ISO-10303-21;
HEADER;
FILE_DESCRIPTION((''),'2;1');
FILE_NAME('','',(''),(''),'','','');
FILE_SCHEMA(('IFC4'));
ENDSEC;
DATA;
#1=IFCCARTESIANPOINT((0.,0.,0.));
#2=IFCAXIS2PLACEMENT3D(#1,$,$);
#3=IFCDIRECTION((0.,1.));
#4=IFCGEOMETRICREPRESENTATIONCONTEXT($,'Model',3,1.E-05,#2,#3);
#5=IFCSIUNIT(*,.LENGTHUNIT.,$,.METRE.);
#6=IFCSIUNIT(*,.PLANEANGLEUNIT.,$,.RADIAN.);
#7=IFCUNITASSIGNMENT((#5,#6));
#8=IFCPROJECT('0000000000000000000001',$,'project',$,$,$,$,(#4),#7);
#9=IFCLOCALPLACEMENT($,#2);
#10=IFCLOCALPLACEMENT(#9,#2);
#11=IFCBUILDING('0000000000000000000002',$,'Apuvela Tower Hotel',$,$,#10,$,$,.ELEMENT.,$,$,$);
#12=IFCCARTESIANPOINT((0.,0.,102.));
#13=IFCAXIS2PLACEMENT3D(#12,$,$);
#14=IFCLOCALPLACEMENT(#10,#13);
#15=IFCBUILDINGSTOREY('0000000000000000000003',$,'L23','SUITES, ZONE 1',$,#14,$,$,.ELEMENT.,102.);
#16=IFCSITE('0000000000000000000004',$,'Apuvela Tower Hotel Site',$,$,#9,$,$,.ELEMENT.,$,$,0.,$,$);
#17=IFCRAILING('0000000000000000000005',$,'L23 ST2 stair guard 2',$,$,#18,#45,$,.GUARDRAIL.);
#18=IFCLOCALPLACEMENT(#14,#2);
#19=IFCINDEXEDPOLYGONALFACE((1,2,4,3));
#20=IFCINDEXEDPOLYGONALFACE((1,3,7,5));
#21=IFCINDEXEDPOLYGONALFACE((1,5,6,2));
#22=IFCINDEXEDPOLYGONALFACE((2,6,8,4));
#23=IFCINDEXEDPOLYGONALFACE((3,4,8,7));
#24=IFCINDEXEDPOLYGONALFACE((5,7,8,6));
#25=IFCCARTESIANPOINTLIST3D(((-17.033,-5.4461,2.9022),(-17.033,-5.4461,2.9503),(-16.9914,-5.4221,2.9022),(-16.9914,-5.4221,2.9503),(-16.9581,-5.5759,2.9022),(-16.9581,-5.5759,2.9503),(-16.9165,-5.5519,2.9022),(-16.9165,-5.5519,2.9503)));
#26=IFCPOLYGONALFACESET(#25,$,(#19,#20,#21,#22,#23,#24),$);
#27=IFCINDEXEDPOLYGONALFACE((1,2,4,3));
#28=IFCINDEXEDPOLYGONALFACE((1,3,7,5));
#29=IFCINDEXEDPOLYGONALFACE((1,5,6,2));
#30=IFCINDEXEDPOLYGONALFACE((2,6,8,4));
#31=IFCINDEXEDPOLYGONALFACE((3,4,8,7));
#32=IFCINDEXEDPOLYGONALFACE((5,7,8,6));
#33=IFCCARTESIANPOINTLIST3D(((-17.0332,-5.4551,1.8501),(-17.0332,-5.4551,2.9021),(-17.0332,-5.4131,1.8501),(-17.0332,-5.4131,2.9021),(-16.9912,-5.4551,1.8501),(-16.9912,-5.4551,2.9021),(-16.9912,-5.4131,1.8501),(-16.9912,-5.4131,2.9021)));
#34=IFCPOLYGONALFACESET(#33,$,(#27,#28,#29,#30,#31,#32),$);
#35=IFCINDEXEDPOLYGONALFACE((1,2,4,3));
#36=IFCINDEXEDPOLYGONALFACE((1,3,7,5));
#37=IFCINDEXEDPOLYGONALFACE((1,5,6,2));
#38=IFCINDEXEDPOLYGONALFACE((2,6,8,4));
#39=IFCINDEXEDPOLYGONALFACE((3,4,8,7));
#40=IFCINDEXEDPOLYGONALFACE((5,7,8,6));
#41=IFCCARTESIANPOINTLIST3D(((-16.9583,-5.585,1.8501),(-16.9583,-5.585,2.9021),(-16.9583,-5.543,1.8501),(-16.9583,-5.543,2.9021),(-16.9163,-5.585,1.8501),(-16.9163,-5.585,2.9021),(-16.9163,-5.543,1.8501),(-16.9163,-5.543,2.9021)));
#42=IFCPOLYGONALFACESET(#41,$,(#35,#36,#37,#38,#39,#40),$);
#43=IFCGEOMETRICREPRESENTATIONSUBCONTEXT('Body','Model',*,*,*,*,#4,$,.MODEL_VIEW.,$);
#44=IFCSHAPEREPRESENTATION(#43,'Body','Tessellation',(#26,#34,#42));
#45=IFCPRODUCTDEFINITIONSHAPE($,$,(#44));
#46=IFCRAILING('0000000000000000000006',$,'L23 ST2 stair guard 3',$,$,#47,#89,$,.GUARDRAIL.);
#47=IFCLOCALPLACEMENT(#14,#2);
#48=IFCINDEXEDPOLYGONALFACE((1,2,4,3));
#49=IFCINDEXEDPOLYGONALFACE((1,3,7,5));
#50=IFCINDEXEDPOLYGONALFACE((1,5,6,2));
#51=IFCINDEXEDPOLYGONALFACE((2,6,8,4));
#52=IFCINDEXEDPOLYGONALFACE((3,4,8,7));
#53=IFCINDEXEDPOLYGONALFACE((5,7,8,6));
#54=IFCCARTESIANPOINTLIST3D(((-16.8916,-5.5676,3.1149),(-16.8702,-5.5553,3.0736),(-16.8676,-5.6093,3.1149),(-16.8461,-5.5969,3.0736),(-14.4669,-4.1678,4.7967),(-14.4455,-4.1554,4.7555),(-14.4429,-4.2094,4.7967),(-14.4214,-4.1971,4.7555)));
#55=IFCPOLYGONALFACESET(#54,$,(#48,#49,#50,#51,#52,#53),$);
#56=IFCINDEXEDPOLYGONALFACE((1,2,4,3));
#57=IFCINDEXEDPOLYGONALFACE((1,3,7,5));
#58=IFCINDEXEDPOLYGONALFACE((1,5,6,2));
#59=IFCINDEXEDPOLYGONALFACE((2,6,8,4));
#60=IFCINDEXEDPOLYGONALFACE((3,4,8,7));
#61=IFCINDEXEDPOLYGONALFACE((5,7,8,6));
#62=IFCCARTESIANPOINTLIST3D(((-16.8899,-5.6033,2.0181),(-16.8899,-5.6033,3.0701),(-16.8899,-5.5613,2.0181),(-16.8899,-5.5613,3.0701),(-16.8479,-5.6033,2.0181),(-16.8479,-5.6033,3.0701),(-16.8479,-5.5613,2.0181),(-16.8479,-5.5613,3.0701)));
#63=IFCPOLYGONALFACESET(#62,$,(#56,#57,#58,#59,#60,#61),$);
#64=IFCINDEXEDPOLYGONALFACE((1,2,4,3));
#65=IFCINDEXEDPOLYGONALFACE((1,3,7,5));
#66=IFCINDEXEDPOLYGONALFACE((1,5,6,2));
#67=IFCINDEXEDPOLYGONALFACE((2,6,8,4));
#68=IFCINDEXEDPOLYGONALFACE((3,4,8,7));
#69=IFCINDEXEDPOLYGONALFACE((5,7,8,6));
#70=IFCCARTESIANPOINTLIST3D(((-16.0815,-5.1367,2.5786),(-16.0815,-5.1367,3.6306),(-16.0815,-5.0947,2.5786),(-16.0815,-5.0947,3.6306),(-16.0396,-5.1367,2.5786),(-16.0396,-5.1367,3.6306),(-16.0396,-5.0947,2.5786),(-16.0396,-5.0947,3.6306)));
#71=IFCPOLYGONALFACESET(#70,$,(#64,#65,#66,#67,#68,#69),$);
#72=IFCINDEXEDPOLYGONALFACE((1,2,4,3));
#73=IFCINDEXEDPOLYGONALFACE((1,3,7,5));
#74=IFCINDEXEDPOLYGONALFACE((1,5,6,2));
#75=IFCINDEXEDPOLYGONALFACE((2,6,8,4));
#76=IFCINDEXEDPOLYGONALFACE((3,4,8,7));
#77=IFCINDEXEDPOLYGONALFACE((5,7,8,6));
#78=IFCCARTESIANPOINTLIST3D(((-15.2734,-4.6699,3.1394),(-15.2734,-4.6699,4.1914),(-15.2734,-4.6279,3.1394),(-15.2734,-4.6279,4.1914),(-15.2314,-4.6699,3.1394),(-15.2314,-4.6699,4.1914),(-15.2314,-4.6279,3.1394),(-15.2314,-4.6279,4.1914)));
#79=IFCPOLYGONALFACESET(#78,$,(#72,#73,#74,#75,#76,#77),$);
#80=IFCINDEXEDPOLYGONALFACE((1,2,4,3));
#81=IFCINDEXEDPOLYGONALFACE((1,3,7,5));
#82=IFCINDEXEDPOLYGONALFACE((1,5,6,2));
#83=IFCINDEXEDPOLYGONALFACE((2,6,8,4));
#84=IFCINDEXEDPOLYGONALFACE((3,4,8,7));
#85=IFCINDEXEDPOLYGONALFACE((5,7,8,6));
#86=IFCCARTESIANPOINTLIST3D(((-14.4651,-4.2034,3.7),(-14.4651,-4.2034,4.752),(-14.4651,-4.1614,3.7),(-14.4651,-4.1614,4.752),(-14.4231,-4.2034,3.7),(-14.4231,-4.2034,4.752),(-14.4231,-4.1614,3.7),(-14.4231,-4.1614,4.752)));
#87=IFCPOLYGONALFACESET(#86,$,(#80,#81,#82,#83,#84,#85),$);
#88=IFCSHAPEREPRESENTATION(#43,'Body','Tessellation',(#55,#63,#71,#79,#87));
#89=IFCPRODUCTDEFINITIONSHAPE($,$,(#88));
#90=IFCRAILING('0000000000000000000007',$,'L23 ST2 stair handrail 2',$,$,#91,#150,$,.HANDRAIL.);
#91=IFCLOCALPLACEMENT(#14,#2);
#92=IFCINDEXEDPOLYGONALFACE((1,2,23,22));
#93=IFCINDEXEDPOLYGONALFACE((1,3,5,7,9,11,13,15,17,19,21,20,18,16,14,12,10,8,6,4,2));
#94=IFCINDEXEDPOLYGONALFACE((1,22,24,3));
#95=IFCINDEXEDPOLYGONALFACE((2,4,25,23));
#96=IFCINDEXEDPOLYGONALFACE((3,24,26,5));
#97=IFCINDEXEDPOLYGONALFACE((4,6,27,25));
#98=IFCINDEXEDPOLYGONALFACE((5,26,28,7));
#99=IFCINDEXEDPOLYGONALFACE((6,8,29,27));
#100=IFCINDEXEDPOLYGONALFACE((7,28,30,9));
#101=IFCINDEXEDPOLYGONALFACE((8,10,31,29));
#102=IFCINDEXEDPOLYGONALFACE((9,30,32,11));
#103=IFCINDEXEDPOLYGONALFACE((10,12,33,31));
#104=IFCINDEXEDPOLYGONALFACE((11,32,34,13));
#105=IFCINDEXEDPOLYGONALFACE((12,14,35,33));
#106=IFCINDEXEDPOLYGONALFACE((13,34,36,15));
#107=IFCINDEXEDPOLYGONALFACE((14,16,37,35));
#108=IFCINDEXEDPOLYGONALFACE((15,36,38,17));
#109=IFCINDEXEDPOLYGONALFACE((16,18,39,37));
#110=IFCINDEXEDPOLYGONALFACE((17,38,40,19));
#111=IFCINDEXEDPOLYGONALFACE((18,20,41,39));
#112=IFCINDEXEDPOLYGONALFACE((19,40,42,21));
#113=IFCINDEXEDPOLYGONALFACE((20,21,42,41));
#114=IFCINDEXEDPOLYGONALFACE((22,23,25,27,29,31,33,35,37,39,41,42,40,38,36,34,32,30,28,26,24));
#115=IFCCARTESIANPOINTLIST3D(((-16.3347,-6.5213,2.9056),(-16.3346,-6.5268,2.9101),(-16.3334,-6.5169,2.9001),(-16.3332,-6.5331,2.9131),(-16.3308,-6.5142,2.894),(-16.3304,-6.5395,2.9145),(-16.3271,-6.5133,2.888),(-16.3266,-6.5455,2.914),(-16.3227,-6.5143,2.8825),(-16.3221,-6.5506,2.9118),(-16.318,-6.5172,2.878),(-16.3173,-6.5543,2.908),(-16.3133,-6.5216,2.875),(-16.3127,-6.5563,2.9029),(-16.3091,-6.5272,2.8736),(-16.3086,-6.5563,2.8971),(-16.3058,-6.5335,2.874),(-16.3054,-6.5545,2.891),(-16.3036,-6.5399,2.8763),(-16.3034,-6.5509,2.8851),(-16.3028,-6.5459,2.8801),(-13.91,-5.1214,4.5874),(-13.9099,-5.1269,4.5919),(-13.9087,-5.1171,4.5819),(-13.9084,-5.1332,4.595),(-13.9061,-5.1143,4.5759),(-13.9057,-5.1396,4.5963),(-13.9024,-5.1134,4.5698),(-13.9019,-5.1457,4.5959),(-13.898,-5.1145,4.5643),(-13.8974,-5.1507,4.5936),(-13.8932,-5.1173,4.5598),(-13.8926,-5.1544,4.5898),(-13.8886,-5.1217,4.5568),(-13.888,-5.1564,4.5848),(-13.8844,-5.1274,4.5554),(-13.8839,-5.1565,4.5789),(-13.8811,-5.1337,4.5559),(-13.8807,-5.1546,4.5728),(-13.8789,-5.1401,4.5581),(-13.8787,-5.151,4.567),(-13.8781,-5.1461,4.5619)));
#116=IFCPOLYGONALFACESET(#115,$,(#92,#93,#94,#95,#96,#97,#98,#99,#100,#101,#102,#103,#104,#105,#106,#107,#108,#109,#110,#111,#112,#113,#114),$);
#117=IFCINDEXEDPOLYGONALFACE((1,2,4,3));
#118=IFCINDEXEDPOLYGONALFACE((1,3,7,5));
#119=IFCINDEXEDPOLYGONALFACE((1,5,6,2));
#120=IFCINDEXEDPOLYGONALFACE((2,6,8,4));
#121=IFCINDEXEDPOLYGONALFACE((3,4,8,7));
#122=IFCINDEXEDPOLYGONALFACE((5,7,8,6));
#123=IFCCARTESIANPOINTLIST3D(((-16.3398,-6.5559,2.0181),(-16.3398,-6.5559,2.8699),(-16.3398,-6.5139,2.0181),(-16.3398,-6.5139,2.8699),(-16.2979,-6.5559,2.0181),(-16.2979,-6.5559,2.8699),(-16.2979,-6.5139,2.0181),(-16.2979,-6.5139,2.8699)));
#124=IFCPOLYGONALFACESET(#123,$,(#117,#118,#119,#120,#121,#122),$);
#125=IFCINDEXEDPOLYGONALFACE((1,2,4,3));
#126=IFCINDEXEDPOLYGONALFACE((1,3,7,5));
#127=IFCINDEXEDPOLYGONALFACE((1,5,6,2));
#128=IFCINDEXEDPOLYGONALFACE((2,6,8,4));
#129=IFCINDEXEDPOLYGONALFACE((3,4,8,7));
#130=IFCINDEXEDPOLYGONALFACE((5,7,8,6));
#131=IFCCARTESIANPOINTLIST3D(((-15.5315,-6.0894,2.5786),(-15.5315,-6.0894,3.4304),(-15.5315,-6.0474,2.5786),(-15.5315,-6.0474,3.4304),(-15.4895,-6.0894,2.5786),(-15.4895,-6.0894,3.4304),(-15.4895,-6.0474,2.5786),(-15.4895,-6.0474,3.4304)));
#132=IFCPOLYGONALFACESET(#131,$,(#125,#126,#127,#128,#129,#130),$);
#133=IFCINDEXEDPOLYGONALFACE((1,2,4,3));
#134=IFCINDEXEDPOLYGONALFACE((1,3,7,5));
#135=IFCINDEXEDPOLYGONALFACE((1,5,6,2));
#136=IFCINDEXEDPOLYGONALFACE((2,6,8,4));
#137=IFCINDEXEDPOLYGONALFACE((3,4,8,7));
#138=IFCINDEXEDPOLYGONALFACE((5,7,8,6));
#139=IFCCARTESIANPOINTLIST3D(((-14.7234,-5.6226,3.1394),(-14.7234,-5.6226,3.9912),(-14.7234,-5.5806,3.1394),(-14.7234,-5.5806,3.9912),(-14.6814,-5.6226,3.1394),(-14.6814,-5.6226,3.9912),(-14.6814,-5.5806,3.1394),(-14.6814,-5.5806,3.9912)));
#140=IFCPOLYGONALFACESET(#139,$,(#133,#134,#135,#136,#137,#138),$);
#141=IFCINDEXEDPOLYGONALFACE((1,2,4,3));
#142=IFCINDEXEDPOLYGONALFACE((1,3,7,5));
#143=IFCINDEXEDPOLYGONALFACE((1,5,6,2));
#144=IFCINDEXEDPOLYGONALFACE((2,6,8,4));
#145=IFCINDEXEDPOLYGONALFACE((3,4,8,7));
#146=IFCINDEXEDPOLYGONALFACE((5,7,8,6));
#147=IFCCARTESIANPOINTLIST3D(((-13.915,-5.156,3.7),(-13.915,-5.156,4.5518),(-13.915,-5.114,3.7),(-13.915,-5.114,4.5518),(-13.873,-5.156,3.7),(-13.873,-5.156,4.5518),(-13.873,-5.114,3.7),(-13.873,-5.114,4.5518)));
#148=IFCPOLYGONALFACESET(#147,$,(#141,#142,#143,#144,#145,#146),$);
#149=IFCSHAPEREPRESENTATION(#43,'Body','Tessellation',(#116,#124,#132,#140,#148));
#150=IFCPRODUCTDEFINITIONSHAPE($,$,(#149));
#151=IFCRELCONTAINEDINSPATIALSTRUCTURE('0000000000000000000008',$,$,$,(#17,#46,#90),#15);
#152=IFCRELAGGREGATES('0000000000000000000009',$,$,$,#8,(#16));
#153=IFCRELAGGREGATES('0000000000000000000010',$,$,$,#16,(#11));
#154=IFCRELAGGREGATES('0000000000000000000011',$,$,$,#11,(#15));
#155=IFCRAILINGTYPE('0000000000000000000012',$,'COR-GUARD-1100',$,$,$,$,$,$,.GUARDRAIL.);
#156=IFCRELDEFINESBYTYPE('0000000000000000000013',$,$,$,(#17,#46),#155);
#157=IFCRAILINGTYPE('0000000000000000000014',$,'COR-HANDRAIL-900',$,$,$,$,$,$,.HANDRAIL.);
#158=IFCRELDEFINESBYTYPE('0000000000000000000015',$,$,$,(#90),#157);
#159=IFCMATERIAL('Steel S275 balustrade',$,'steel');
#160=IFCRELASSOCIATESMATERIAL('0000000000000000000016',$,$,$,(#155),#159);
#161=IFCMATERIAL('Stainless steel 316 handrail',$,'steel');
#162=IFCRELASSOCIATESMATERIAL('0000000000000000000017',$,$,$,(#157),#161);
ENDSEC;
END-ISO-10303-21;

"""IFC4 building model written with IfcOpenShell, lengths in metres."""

from ifc_helpers import new_model, si_unit, direction, frame, origin, origin_2d, place, context, subcontext, project, spatial, rectangle, circle, extrude, material, type_object, element, save


model = new_model("IFC4")

# Units and contexts
model_context = context("Model", 3, precision=1e-05, world=origin(), true_north=direction((0.0, 1.0)))
body_context = subcontext(model_context, "Body", "Model", "MODEL_VIEW")
ifc_project = project(units=[si_unit("LENGTHUNIT", "METRE"), si_unit("PLANEANGLEUNIT", "RADIAN")], contexts=[model_context])

# Site, building, storey
site_placement = place(None, origin())
site = spatial("IfcSite", under=ifc_project, at=site_placement, Name="Apuvela Tower Hotel Site", CompositionType="ELEMENT", RefElevation=0.0)
building_placement = place(site_placement, origin())
building = spatial("IfcBuilding", under=site, at=building_placement, Name="Apuvela Tower Hotel", CompositionType="ELEMENT")
storey_placement = place(building_placement, frame((0.0, 0.0, 102.0)))
storey = spatial("IfcBuildingStorey", under=building, at=storey_placement, Name="L23", Description="SUITES, ZONE 1", CompositionType="ELEMENT", Elevation=102.0)

# Railings
ifc_material_1 = material(Name="Steel S275 balustrade", Category="steel")
railing_type_1 = type_object("IfcRailingType", Name="COR-GUARD-1100", PredefinedType="GUARDRAIL", material=ifc_material_1)
railing_1_placement = place(storey_placement, frame((-17.0122, -5.4341, 1.8501)))
element("IfcRailing", 1, at=railing_1_placement, inside=storey, type_object=railing_type_1, Name="L23 ST2 stair guard 2", PredefinedType="GUARDRAIL", context=body_context, shape_type="SweptSolid", body=[
    extrude(rectangle(XDim=0.0481, YDim=0.0481, at=origin_2d()), frame((0.0, 0.0, 1.0762), z_axis=(0.499816, -0.866131, 0.0), x_axis=(0.866131, 0.499816, 0.0)), (0.0, 0.0, 1.0), 0.1499),
    extrude(rectangle(XDim=0.042, YDim=0.042, at=origin_2d()), origin(), (0.0, 0.0, 1.0), 1.052),
    extrude(rectangle(XDim=0.042, YDim=0.042, at=origin_2d()), frame((0.075, -0.1299, 0.0)), (0.0, 0.0, 1.0), 1.052),
])
railing_2_placement = place(storey_placement, frame((-16.8689, -5.5823, 2.0181)))
element("IfcRailing", 2, at=railing_2_placement, inside=storey, type_object=railing_type_1, Name="L23 ST2 stair guard 3", PredefinedType="GUARDRAIL", context=body_context, shape_type="SweptSolid", body=[
    extrude(rectangle(XDim=0.0481, YDim=0.0481, at=origin_2d()), frame((0.0, 0.0, 1.0762), z_axis=(0.74239, 0.428601, 0.514934), x_axis=(-0.499984, 0.866035, 0.0)), (0.0, 0.0, 1.0), 3.2661),
    extrude(rectangle(XDim=0.042, YDim=0.042, at=origin_2d()), origin(), (0.0, 0.0, 1.0), 1.052),
    extrude(rectangle(XDim=0.042, YDim=0.042, at=origin_2d()), frame((0.8083, 0.4666, 0.5605)), (0.0, 0.0, 1.0), 1.052),
    extrude(rectangle(XDim=0.042, YDim=0.042, at=origin_2d()), frame((1.6165, 0.9333, 1.1213)), (0.0, 0.0, 1.0), 1.052),
    extrude(rectangle(XDim=0.042, YDim=0.042, at=origin_2d()), frame((2.4248, 1.3999, 1.6819)), (0.0, 0.0, 1.0), 1.052),
])
ifc_material_2 = material(Name="Stainless steel 316 handrail", Category="steel")
railing_type_2 = type_object("IfcRailingType", Name="COR-HANDRAIL-900", PredefinedType="HANDRAIL", material=ifc_material_2)
railing_3_placement = place(storey_placement, frame((-16.3188, -6.5349, 2.0181)))
element("IfcRailing", 3, at=railing_3_placement, inside=storey, type_object=railing_type_2, Name="L23 ST2 stair handrail 2", PredefinedType="HANDRAIL", context=body_context, shape_type="SweptSolid", body=[
    extrude(circle(Radius=0.0239, at=origin_2d()), frame((0.0, 0.0, 0.876), z_axis=(0.74239, 0.428601, 0.514934), x_axis=(-0.499984, 0.866035, 0.0)), (0.0, 0.0, 1.0), 3.2661),
    extrude(rectangle(XDim=0.042, YDim=0.042, at=origin_2d()), origin(), (0.0, 0.0, 1.0), 0.8518),
    extrude(rectangle(XDim=0.042, YDim=0.042, at=origin_2d()), frame((0.8083, 0.4666, 0.5605)), (0.0, 0.0, 1.0), 0.8518),
    extrude(rectangle(XDim=0.042, YDim=0.042, at=origin_2d()), frame((1.6165, 0.9333, 1.1213)), (0.0, 0.0, 1.0), 0.8518),
    extrude(rectangle(XDim=0.042, YDim=0.042, at=origin_2d()), frame((2.4248, 1.3999, 1.6819)), (0.0, 0.0, 1.0), 0.8518),
])

save(model, "model.ifc")
